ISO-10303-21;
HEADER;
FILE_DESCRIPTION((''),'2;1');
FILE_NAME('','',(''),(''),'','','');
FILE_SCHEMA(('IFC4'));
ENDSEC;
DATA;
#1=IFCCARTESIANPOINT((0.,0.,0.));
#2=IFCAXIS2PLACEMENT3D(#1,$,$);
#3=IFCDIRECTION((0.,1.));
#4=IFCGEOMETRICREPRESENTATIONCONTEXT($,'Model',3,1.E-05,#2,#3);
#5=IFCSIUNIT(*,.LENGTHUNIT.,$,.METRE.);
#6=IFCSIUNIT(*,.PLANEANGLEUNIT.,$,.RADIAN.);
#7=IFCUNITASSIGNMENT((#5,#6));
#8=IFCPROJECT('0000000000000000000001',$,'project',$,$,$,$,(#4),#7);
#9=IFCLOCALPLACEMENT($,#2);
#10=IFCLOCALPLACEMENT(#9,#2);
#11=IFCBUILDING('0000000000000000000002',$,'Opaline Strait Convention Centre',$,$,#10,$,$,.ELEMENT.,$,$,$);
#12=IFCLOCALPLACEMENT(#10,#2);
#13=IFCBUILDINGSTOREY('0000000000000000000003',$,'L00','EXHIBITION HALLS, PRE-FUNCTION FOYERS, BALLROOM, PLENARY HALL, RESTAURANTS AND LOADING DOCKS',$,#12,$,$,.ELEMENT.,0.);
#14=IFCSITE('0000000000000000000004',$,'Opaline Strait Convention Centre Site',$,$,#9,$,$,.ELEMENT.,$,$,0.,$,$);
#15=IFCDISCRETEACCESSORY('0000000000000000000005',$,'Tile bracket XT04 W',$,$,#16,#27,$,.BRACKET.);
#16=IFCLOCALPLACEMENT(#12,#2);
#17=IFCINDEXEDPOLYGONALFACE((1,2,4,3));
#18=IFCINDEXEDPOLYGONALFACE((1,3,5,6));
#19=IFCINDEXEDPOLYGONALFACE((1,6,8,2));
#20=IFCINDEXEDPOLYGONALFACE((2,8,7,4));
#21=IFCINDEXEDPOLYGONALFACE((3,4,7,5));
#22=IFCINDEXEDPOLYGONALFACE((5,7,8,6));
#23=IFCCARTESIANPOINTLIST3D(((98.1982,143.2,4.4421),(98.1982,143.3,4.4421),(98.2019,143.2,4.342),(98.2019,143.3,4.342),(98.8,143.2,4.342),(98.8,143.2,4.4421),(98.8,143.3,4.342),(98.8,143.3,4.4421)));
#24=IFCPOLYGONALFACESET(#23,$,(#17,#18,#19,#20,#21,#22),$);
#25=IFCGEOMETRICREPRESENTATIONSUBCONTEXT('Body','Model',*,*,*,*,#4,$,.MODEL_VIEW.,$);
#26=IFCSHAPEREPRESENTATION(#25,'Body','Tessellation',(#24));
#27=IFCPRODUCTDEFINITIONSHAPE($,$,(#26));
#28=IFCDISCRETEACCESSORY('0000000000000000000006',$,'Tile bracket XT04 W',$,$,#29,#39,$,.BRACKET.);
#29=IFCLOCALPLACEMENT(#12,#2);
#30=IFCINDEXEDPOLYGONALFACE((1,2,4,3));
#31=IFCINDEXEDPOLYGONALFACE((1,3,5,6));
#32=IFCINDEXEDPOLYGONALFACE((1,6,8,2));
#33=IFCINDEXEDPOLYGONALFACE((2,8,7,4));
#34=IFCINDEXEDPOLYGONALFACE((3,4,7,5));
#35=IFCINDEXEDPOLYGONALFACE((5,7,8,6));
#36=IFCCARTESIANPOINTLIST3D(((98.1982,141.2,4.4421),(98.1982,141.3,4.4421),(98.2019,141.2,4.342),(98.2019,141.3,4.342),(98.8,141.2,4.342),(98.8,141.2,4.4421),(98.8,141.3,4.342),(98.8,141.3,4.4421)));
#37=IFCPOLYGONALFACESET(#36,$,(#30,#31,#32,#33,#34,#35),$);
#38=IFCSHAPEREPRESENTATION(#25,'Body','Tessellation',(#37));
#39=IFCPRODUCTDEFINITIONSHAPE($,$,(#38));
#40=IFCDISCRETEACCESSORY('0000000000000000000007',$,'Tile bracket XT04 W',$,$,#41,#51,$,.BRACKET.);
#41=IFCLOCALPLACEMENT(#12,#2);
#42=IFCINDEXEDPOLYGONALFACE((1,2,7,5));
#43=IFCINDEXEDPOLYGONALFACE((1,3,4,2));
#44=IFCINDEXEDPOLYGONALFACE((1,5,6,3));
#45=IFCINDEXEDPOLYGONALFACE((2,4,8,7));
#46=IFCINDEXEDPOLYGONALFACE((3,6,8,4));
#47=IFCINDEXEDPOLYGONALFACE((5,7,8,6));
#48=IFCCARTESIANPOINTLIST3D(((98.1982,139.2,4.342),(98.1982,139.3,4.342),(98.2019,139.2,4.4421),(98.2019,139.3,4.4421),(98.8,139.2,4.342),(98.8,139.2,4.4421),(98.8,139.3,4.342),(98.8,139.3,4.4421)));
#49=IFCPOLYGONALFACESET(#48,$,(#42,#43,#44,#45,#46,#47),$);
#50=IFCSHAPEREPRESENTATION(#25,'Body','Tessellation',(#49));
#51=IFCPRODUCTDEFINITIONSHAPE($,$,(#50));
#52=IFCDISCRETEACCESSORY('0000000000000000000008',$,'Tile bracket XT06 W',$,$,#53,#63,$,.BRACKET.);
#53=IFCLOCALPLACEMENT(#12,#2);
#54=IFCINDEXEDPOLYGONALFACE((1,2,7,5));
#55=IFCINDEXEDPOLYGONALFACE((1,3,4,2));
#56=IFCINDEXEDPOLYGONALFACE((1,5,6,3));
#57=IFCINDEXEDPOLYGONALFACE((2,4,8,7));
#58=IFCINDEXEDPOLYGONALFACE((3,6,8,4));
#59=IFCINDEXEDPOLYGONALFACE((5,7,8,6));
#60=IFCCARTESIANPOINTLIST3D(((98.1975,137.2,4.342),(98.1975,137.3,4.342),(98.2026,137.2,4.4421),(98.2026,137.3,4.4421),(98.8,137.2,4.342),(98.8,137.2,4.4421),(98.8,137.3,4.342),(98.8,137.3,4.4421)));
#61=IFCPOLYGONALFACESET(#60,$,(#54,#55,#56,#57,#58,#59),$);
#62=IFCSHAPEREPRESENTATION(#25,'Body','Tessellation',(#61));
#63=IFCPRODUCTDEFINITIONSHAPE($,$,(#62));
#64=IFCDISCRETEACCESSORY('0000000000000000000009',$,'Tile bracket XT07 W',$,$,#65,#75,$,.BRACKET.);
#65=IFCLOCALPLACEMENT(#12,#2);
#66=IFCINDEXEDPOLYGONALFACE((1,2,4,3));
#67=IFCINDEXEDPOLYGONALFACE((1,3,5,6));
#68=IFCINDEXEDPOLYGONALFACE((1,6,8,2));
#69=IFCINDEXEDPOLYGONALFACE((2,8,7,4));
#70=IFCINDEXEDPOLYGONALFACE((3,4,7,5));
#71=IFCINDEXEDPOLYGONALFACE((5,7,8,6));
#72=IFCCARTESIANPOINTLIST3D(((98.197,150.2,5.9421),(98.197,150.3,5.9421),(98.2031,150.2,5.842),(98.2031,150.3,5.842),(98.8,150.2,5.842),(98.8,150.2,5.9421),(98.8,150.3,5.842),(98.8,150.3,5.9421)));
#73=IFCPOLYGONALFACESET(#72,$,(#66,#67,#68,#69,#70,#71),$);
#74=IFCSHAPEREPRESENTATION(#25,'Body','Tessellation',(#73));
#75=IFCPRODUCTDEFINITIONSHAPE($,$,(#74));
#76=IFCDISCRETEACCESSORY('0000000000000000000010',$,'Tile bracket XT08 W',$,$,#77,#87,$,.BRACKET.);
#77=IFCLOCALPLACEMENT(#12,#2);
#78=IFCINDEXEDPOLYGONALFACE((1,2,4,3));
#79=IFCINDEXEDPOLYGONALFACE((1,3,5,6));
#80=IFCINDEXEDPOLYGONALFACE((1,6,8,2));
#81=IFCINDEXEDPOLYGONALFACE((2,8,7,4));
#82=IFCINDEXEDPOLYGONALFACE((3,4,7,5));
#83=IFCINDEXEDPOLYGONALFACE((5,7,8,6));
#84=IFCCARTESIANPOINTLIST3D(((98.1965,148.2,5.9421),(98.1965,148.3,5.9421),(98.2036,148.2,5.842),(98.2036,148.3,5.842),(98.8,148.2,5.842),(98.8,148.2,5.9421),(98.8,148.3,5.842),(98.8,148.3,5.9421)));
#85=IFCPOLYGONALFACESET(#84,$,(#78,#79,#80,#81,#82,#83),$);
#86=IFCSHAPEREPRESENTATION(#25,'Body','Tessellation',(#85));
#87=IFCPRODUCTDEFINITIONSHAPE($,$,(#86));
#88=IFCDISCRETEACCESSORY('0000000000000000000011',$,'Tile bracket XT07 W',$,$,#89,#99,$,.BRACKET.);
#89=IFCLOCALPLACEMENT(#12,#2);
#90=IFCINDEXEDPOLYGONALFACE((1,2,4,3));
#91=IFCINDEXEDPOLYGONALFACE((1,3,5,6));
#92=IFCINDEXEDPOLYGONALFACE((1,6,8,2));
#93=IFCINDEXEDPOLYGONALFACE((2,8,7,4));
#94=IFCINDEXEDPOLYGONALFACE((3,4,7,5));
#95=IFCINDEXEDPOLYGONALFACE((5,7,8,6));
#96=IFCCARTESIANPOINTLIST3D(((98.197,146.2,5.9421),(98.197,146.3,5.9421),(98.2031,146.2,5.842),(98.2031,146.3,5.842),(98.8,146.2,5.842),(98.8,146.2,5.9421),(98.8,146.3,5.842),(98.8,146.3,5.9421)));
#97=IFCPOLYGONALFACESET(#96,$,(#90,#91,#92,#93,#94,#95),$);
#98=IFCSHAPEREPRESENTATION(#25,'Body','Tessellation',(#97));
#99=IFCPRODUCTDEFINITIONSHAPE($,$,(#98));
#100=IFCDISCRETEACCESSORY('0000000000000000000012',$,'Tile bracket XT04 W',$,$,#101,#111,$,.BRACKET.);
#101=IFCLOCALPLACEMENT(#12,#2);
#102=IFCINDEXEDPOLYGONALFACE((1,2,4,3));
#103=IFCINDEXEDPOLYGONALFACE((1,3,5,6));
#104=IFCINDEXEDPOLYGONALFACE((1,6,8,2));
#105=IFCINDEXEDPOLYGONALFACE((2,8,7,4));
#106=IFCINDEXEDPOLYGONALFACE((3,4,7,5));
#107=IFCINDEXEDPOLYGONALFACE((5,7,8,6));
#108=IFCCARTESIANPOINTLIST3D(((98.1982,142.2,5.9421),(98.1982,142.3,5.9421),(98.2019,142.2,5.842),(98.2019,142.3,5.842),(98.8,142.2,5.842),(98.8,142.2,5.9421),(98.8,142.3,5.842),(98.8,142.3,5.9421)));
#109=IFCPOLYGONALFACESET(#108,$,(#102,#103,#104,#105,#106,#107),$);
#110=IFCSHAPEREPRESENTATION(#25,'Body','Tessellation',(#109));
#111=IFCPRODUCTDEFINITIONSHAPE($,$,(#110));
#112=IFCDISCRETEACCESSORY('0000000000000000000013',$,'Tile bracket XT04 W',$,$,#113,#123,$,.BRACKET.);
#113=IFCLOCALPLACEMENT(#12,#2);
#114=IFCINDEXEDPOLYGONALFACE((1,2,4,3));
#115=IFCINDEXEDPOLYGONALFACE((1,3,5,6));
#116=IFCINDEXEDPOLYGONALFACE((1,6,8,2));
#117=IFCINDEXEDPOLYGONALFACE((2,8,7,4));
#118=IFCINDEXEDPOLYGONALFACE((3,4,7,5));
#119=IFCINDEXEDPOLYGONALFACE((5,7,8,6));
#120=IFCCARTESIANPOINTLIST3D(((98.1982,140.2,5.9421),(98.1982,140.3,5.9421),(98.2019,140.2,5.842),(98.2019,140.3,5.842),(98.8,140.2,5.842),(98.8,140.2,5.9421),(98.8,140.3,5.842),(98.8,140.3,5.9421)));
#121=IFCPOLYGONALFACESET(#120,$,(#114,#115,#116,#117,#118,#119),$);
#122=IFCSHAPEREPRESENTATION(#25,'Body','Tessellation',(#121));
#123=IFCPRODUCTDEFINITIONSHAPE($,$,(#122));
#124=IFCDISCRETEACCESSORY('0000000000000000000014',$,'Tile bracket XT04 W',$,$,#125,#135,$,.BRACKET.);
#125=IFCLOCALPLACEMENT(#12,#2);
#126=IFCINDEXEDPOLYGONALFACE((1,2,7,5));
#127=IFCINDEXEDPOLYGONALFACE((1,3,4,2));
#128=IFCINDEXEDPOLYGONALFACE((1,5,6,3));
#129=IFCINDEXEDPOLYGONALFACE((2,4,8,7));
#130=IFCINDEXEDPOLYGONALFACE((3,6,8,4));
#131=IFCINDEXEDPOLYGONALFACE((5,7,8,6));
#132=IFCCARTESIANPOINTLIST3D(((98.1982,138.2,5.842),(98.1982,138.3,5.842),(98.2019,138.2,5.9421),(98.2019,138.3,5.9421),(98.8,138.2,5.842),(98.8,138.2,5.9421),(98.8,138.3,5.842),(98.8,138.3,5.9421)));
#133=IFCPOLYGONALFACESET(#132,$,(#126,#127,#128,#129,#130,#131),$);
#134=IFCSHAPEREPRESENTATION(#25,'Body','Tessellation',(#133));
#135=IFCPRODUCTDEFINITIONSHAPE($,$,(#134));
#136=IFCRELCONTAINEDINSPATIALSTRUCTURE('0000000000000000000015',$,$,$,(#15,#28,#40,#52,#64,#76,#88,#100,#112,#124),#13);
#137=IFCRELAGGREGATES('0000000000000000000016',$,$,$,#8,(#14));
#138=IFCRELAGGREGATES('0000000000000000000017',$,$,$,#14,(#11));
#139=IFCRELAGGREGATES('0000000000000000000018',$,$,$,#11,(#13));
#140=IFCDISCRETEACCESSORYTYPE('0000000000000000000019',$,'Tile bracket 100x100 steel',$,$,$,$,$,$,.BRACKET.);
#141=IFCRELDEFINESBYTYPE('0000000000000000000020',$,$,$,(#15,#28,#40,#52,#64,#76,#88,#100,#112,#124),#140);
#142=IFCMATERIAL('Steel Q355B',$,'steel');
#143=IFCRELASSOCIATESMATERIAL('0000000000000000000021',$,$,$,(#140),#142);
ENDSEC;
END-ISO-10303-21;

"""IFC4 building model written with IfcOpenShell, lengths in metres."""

from ifc_helpers import new_model, si_unit, direction, frame, origin, place, context, subcontext, project, spatial, polyline, outline, extrude, material, type_object, element, save


model = new_model("IFC4")

# Units and contexts
model_context = context("Model", 3, precision=1e-05, world=origin(), true_north=direction((0.0, 1.0)))
body_context = subcontext(model_context, "Body", "Model", "MODEL_VIEW")
ifc_project = project(units=[si_unit("LENGTHUNIT", "METRE"), si_unit("PLANEANGLEUNIT", "RADIAN")], contexts=[model_context])

# Site, building, storey
site_placement = place(None, origin())
site = spatial("IfcSite", under=ifc_project, at=site_placement, Name="Opaline Strait Convention Centre Site", CompositionType="ELEMENT", RefElevation=0.0)
building_placement = place(site_placement, origin())
building = spatial("IfcBuilding", under=site, at=building_placement, Name="Opaline Strait Convention Centre", CompositionType="ELEMENT")
storey_placement = place(building_placement, origin())
storey = spatial("IfcBuildingStorey", under=building, at=storey_placement, Name="L00", Description="EXHIBITION HALLS, PRE-FUNCTION FOYERS, BALLROOM, PLENARY HALL, RESTAURANTS AND LOADING DOCKS", CompositionType="ELEMENT", Elevation=0.0)

# Shared definitions
ifc_material_1 = material(Name="Steel Q355B", Category="steel")

# Discrete accessories
discrete_accessory_type = type_object("IfcDiscreteAccessoryType", Name="Tile bracket 100x100 steel", PredefinedType="BRACKET", material=ifc_material_1)
for number, where, z_axis, x_axis, name in (
    (1, (98.8, 143.3, 4.3921), (0.0, -1.0, 0.0), (1.0, 0.0, 0.0), "Tile bracket XT04 W"),
    (2, (98.8, 141.3, 4.3921), (0.0, -1.0, 0.0), (1.0, 0.0, 0.0), "Tile bracket XT04 W"),
):
    element("IfcDiscreteAccessory", number, at=place(storey_placement, frame(where, z_axis=z_axis, x_axis=x_axis)), inside=storey, type_object=discrete_accessory_type, Name=name, PredefinedType="BRACKET", context=body_context, shape_type="SweptSolid", body=[
        extrude(outline(polyline([(0.0, -0.05), (0.0, 0.05), (-0.6018, 0.05), (-0.5981, -0.05), (0.0, -0.05)])), origin(), (0.0, 0.0, 1.0), 0.1001),
    ])
discrete_accessory_1_placement = place(storey_placement, frame((98.8, 139.3, 4.3921), z_axis=(0.0, -1.0, 0.0), x_axis=(1.0, 0.0, 0.0)))
element("IfcDiscreteAccessory", 3, at=discrete_accessory_1_placement, inside=storey, type_object=discrete_accessory_type, Name="Tile bracket XT04 W", PredefinedType="BRACKET", context=body_context, shape_type="SweptSolid", body=[
    extrude(outline(polyline([(0.0, -0.05), (0.0, 0.05), (-0.5981, 0.05), (-0.6018, -0.05), (0.0, -0.05)])), origin(), (0.0, 0.0, 1.0), 0.1001),
])
discrete_accessory_2_placement = place(storey_placement, frame((98.8, 137.3, 4.3921), z_axis=(0.0, -1.0, 0.0), x_axis=(1.0, 0.0, 0.0)))
element("IfcDiscreteAccessory", 4, at=discrete_accessory_2_placement, inside=storey, type_object=discrete_accessory_type, Name="Tile bracket XT06 W", PredefinedType="BRACKET", context=body_context, shape_type="SweptSolid", body=[
    extrude(outline(polyline([(0.0, -0.05), (0.0, 0.05), (-0.5974, 0.05), (-0.6025, -0.05), (0.0, -0.05)])), origin(), (0.0, 0.0, 1.0), 0.1001),
])
discrete_accessory_3_placement = place(storey_placement, frame((98.8, 150.3, 5.8921), z_axis=(0.0, -1.0, 0.0), x_axis=(1.0, 0.0, 0.0)))
element("IfcDiscreteAccessory", 5, at=discrete_accessory_3_placement, inside=storey, type_object=discrete_accessory_type, Name="Tile bracket XT07 W", PredefinedType="BRACKET", context=body_context, shape_type="SweptSolid", body=[
    extrude(outline(polyline([(0.0, -0.05), (0.0, 0.05), (-0.603, 0.05), (-0.5969, -0.05), (0.0, -0.05)])), origin(), (0.0, 0.0, 1.0), 0.1001),
])
discrete_accessory_4_placement = place(storey_placement, frame((98.8, 148.3, 5.8921), z_axis=(0.0, -1.0, 0.0), x_axis=(1.0, 0.0, 0.0)))
element("IfcDiscreteAccessory", 6, at=discrete_accessory_4_placement, inside=storey, type_object=discrete_accessory_type, Name="Tile bracket XT08 W", PredefinedType="BRACKET", context=body_context, shape_type="SweptSolid", body=[
    extrude(outline(polyline([(0.0, -0.05), (0.0, 0.05), (-0.6035, 0.05), (-0.5964, -0.05), (0.0, -0.05)])), origin(), (0.0, 0.0, 1.0), 0.1001),
])
discrete_accessory_5_placement = place(storey_placement, frame((98.8, 146.3, 5.8921), z_axis=(0.0, -1.0, 0.0), x_axis=(1.0, 0.0, 0.0)))
element("IfcDiscreteAccessory", 7, at=discrete_accessory_5_placement, inside=storey, type_object=discrete_accessory_type, Name="Tile bracket XT07 W", PredefinedType="BRACKET", context=body_context, shape_type="SweptSolid", body=[
    extrude(outline(polyline([(0.0, -0.05), (0.0, 0.05), (-0.603, 0.05), (-0.5969, -0.05), (0.0, -0.05)])), origin(), (0.0, 0.0, 1.0), 0.1001),
])
for number, where, z_axis, x_axis, name in (
    (8, (98.8, 142.3, 5.8921), (0.0, -1.0, 0.0), (1.0, 0.0, 0.0), "Tile bracket XT04 W"),
    (9, (98.8, 140.3, 5.8921), (0.0, -1.0, 0.0), (1.0, 0.0, 0.0), "Tile bracket XT04 W"),
):
    element("IfcDiscreteAccessory", number, at=place(storey_placement, frame(where, z_axis=z_axis, x_axis=x_axis)), inside=storey, type_object=discrete_accessory_type, Name=name, PredefinedType="BRACKET", context=body_context, shape_type="SweptSolid", body=[
        extrude(outline(polyline([(0.0, -0.05), (0.0, 0.05), (-0.6018, 0.05), (-0.5981, -0.05), (0.0, -0.05)])), origin(), (0.0, 0.0, 1.0), 0.1001),
    ])
discrete_accessory_6_placement = place(storey_placement, frame((98.8, 138.3, 5.8921), z_axis=(0.0, -1.0, 0.0), x_axis=(1.0, 0.0, 0.0)))
element("IfcDiscreteAccessory", 10, at=discrete_accessory_6_placement, inside=storey, type_object=discrete_accessory_type, Name="Tile bracket XT04 W", PredefinedType="BRACKET", context=body_context, shape_type="SweptSolid", body=[
    extrude(outline(polyline([(0.0, -0.05), (0.0, 0.05), (-0.5981, 0.05), (-0.6018, -0.05), (0.0, -0.05)])), origin(), (0.0, 0.0, 1.0), 0.1001),
])

save(model, "model.ifc")
